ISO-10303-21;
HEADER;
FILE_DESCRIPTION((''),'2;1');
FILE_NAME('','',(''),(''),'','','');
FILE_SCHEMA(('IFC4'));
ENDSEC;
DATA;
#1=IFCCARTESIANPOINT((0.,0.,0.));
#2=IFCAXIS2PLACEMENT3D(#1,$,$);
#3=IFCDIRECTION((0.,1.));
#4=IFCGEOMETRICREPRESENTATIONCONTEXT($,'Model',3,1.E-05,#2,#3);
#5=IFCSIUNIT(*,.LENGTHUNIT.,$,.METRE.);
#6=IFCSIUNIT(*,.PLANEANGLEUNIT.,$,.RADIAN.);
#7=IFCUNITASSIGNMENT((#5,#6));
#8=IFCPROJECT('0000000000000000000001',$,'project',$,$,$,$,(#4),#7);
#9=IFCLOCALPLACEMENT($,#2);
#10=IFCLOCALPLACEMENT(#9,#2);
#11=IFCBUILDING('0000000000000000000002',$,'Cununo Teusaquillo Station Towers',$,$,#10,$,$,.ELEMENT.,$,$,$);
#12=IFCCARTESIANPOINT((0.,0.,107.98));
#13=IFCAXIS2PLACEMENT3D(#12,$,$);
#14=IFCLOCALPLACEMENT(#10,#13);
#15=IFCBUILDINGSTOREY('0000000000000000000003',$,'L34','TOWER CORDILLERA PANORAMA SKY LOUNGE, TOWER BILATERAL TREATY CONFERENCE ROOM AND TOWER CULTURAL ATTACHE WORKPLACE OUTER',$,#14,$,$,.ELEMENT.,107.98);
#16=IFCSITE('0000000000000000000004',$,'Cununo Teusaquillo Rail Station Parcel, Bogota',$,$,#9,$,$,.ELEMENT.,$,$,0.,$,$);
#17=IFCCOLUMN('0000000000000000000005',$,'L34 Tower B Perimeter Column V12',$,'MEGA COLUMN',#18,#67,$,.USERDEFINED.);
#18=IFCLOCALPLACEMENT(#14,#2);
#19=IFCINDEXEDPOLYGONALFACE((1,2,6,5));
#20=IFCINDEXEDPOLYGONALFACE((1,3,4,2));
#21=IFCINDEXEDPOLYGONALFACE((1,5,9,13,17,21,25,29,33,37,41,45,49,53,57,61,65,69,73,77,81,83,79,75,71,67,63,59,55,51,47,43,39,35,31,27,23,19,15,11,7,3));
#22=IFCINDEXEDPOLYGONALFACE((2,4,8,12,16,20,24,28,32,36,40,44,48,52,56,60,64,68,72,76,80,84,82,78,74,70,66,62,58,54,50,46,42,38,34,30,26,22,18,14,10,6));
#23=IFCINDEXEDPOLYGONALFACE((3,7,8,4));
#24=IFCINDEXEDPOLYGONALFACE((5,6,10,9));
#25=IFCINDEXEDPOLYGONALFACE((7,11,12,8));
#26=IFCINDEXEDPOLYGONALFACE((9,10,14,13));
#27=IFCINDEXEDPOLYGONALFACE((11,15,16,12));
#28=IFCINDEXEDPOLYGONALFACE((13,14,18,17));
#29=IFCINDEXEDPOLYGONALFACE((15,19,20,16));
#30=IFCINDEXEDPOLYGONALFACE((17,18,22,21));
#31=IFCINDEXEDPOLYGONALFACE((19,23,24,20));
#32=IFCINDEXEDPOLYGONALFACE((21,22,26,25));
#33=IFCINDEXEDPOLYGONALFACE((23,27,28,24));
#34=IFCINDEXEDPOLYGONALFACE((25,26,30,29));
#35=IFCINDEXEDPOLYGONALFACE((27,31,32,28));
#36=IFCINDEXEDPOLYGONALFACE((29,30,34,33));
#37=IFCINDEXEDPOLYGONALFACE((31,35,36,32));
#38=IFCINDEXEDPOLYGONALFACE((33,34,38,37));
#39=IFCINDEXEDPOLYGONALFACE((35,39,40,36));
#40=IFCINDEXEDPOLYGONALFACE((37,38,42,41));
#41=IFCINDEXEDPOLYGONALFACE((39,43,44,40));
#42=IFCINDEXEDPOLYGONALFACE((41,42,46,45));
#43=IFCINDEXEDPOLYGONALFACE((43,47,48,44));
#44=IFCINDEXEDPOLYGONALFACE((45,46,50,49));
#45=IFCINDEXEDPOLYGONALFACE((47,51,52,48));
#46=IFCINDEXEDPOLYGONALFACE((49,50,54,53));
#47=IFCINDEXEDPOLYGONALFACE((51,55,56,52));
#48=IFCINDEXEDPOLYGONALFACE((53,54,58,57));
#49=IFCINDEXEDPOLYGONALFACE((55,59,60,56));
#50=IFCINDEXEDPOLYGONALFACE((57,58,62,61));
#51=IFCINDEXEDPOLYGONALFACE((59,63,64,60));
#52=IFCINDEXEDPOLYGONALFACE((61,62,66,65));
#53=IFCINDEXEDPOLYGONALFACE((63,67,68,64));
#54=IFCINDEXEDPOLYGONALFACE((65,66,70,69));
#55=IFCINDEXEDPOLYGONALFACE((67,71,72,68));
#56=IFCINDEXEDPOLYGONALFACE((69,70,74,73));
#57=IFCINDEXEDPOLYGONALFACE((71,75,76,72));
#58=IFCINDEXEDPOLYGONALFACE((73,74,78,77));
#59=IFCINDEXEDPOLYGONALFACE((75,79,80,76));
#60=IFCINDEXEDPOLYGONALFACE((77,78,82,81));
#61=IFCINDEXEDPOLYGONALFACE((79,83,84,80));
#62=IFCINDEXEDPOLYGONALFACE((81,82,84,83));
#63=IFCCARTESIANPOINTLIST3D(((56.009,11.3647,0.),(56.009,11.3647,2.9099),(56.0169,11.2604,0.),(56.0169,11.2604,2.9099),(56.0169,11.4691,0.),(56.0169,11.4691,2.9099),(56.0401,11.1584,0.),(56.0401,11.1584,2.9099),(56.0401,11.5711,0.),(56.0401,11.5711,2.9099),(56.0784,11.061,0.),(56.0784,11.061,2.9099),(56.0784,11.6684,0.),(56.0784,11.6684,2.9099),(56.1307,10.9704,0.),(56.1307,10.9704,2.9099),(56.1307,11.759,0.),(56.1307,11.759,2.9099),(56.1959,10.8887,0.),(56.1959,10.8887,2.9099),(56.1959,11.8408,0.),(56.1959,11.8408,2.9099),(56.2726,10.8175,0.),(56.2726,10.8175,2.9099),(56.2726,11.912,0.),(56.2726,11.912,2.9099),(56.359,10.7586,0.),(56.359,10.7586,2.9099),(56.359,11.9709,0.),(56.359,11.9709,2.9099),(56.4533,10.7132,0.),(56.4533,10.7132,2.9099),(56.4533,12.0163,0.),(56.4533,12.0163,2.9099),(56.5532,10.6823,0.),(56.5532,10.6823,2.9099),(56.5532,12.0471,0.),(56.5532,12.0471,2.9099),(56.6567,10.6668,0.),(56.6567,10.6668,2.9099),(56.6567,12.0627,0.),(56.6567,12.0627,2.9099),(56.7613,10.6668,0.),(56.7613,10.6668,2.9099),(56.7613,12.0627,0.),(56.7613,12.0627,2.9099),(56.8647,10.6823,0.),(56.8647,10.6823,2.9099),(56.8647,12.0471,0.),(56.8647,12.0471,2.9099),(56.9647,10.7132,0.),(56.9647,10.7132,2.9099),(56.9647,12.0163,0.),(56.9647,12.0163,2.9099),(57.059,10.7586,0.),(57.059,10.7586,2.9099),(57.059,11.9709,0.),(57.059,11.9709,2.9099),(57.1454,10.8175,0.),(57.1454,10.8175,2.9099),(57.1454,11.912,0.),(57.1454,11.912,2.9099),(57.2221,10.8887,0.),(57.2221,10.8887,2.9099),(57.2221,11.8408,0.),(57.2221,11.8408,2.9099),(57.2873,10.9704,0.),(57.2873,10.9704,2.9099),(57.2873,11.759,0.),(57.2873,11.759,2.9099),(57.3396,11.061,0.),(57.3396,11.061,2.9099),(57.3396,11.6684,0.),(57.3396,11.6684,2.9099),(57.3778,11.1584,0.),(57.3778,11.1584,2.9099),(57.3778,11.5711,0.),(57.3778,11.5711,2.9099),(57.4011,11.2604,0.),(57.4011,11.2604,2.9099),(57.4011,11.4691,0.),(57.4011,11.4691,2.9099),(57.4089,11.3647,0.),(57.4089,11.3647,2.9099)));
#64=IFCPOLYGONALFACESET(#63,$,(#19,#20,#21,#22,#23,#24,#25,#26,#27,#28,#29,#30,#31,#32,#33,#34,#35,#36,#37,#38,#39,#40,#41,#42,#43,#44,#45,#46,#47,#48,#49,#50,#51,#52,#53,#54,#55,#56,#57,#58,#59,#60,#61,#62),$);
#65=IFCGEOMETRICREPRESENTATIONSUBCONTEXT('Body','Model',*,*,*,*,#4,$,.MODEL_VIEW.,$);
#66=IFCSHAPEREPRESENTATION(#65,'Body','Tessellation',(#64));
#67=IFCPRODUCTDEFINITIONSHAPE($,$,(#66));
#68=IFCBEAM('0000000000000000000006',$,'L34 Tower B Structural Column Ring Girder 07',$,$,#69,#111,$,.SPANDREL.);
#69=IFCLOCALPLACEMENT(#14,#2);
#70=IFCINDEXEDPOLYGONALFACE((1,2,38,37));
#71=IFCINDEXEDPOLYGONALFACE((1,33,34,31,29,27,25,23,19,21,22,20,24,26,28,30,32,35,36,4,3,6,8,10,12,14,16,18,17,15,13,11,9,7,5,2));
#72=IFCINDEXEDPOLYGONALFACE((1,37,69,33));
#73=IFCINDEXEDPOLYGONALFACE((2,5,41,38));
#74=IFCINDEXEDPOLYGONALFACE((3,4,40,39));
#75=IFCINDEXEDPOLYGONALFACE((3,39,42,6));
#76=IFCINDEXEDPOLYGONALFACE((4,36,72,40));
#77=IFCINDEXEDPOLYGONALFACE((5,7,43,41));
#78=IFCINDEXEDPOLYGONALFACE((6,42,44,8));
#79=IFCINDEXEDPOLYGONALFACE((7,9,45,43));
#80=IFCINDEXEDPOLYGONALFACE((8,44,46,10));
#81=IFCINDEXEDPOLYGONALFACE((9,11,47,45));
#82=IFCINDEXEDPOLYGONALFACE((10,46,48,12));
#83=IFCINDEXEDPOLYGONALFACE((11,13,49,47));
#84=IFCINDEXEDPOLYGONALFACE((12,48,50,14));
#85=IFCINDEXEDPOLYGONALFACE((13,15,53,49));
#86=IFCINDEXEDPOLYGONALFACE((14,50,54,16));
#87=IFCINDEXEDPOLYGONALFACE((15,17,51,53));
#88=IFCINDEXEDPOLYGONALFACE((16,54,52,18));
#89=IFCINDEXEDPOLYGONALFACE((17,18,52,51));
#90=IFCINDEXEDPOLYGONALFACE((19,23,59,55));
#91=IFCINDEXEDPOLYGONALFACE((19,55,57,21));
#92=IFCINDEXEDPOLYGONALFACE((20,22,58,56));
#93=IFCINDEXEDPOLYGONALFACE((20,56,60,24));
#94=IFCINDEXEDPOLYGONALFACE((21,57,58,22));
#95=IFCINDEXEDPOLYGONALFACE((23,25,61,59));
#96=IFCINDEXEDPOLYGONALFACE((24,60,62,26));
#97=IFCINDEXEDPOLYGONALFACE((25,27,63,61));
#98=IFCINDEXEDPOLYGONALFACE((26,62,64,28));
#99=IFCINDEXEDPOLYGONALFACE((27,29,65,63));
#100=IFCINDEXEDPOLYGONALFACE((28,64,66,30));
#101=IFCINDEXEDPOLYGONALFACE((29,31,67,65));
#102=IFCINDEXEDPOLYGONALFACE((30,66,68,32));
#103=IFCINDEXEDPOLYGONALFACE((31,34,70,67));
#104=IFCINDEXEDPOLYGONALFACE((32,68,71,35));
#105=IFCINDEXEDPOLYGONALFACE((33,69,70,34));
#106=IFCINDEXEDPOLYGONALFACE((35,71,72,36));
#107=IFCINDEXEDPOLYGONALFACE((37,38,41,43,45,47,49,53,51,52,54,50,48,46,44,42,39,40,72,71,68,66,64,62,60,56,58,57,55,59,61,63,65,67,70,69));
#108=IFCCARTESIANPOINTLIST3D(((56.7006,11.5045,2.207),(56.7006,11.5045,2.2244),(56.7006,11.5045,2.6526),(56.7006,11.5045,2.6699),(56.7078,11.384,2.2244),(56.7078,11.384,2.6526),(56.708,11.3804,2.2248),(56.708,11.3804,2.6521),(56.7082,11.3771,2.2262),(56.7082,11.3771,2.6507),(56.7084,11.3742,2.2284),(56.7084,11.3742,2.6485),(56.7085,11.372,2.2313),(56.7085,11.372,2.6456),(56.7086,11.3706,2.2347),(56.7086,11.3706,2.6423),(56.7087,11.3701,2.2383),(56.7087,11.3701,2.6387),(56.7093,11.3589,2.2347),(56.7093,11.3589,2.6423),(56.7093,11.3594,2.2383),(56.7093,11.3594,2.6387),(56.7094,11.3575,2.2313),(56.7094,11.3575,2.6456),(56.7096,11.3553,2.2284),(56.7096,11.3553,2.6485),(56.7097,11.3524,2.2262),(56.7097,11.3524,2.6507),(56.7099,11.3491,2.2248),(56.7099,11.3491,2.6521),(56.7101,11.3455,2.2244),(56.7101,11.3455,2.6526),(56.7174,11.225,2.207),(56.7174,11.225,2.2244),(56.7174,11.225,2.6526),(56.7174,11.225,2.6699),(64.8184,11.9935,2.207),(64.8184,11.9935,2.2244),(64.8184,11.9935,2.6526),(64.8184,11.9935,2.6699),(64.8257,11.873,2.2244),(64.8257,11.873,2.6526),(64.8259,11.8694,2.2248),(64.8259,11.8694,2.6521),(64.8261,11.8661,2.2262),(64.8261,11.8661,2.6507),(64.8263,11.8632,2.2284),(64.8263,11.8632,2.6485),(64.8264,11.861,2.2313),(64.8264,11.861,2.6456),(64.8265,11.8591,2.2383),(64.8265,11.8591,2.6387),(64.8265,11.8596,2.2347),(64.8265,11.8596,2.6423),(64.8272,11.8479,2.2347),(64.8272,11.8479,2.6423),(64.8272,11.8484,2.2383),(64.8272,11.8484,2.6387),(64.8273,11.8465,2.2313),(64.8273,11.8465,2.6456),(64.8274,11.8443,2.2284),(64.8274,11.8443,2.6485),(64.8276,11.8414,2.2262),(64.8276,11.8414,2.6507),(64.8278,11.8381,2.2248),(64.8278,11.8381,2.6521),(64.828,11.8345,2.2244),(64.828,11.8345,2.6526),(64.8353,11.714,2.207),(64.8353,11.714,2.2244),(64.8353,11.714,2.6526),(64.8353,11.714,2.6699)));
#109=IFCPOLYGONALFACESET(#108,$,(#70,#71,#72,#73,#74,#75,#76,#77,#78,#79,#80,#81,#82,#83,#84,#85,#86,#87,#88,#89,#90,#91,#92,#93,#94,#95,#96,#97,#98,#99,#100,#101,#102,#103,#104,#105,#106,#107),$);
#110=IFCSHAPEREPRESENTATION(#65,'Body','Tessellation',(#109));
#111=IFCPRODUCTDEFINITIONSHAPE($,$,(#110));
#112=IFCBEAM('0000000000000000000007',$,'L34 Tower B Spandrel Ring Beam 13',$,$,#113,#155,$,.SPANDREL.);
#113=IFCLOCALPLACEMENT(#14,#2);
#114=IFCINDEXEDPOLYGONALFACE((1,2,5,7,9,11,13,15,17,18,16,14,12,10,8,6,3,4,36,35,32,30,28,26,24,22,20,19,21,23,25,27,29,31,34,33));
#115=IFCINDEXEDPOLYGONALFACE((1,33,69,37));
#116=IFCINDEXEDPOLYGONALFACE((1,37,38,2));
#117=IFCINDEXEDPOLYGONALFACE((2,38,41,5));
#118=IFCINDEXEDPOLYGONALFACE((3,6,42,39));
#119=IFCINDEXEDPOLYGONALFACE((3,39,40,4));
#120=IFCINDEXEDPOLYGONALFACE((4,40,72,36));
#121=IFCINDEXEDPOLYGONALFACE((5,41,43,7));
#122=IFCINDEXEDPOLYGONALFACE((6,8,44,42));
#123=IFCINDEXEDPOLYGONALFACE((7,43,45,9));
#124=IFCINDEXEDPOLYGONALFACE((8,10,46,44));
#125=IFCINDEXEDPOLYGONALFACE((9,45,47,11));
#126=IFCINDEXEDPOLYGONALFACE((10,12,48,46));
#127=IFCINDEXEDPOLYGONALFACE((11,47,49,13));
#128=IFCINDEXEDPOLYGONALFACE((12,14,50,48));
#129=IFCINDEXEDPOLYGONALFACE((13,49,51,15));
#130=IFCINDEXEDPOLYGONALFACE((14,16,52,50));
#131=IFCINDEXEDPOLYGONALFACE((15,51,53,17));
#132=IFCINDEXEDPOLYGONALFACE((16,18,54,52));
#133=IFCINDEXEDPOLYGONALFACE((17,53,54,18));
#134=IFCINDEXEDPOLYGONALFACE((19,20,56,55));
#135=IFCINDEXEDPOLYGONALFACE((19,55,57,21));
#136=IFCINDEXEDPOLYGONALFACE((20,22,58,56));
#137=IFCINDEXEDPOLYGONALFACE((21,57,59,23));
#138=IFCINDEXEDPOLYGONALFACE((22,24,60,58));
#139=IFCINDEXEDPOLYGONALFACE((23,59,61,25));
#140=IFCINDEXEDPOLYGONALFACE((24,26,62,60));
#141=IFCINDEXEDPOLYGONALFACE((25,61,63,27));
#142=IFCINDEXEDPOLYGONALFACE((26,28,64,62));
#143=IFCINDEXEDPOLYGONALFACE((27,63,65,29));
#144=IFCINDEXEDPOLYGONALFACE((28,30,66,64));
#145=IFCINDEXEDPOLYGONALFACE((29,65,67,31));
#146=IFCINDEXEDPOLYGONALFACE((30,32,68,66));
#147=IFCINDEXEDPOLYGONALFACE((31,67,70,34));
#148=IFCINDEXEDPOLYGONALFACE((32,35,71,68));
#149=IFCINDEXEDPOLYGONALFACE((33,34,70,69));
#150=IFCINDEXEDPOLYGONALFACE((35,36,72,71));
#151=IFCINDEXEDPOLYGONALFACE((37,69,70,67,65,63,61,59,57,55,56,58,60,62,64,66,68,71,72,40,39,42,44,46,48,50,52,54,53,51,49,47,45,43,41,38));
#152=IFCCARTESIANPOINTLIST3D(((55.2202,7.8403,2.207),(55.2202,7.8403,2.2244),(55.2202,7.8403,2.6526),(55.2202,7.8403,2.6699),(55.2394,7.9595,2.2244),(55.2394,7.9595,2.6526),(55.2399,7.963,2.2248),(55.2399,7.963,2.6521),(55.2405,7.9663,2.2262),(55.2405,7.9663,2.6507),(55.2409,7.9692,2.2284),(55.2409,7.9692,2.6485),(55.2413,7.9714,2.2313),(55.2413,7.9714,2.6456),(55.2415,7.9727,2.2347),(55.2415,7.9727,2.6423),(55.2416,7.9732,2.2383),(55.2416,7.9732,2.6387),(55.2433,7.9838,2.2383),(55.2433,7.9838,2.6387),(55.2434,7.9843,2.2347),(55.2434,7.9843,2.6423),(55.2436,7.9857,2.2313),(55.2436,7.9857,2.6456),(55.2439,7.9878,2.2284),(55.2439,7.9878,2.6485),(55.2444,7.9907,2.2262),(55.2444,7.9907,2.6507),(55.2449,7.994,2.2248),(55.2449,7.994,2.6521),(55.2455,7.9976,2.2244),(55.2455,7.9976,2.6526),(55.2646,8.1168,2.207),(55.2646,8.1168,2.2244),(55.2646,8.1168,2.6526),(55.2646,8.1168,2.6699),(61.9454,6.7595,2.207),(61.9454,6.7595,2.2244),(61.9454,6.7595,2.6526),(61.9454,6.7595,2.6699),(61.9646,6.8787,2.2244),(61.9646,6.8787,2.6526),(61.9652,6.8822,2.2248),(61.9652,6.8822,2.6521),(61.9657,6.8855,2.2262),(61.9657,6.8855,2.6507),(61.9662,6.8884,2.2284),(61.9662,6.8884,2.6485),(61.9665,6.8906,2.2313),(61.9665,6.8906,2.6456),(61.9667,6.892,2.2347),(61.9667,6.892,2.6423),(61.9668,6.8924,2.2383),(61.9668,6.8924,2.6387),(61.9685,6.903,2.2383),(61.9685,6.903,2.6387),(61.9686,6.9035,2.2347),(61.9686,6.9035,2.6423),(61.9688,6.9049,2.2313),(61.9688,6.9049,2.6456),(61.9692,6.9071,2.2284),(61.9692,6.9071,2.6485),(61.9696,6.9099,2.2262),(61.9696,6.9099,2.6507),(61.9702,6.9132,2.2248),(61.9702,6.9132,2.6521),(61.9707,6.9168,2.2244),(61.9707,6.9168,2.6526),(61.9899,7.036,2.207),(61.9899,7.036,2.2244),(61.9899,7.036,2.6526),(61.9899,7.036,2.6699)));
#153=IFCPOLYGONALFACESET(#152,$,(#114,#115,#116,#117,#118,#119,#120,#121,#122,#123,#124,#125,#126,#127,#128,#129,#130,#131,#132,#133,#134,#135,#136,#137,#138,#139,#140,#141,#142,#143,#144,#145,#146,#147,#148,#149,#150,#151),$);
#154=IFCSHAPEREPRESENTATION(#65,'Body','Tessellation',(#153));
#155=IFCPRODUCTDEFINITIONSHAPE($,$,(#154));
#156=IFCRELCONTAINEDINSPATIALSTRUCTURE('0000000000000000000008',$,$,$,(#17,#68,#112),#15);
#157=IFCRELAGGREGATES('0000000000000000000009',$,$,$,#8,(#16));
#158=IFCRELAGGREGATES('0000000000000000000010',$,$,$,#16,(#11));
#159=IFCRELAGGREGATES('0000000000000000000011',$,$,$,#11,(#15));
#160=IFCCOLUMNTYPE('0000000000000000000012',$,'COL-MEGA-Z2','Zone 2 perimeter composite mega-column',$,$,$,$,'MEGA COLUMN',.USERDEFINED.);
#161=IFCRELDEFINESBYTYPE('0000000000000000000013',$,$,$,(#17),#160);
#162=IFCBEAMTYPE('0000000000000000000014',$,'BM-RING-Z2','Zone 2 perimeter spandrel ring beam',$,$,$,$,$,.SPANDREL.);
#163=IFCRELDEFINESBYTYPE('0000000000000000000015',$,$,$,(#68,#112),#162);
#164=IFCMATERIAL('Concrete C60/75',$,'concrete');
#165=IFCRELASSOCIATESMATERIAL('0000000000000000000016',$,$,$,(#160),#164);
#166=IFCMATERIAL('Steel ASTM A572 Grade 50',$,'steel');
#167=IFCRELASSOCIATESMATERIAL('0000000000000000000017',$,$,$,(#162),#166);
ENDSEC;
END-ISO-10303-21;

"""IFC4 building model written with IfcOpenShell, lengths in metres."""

from ifc_helpers import new_model, si_unit, direction, frame, origin, origin_2d, place, context, subcontext, project, spatial, circle, i_section, extrude, material, material_profile, profile_set, type_object, element, save


model = new_model("IFC4")

# Units and contexts
model_context = context("Model", 3, precision=1e-05, world=origin(), true_north=direction((0.0, 1.0)))
body_context = subcontext(model_context, "Body", "Model", "MODEL_VIEW")
ifc_project = project(units=[si_unit("LENGTHUNIT", "METRE"), si_unit("PLANEANGLEUNIT", "RADIAN")], contexts=[model_context])

# Site, building, storey
site_placement = place(None, origin())
site = spatial("IfcSite", under=ifc_project, at=site_placement, Name="Cununo Teusaquillo Rail Station Parcel, Bogota", CompositionType="ELEMENT", RefElevation=0.0)
building_placement = place(site_placement, origin())
building = spatial("IfcBuilding", under=site, at=building_placement, Name="Cununo Teusaquillo Station Towers", CompositionType="ELEMENT")
storey_placement = place(building_placement, frame((0.0, 0.0, 107.98)))
storey = spatial("IfcBuildingStorey", under=building, at=storey_placement, Name="L34", Description="TOWER CORDILLERA PANORAMA SKY LOUNGE, TOWER BILATERAL TREATY CONFERENCE ROOM AND TOWER CULTURAL ATTACHE WORKPLACE OUTER", CompositionType="ELEMENT", Elevation=107.98)

# Column
ifc_material_1 = material(Name="Concrete C60/75", Category="concrete")
ifc_material_profile_1 = material_profile(ifc_material_1, circle(Radius=0.7, at=origin_2d()), Name="RC-CIRC-1400")
ifc_profile_set_1 = profile_set([ifc_material_profile_1], Name="Concrete C60/75")
column_type = type_object("IfcColumnType", Name="COL-MEGA-Z2", Description="Zone 2 perimeter composite mega-column", ElementType="MEGA COLUMN", PredefinedType="USERDEFINED", material=ifc_profile_set_1)
column_placement = place(storey_placement, frame((56.709, 11.3647, 0.0), z_axis=(0.0, 0.0, 1.0), x_axis=(1.0, 0.0, 0.0)))
element("IfcColumn", 1, at=column_placement, inside=storey, type_object=column_type, Name="L34 Tower B Perimeter Column V12", ObjectType="MEGA COLUMN", PredefinedType="USERDEFINED", context=body_context, shape_type="SweptSolid", body=[
    extrude(circle(Radius=0.7, at=origin_2d()), origin(), (0.0, 0.0, 1.0), 2.9099),
])

# Beams
ifc_material_2 = material(Name="Steel ASTM A572 Grade 50", Category="steel")
ifc_material_profile_2 = material_profile(ifc_material_2, i_section(OverallWidth=0.28, OverallDepth=0.4629, WebThickness=0.0107, FlangeThickness=0.0173, FilletRadius=0.0139, at=origin_2d()), Name="W18X76")
ifc_profile_set_2 = profile_set([ifc_material_profile_2], Name="Steel ASTM A572 Grade 50")
beam_type = type_object("IfcBeamType", Name="BM-RING-Z2", Description="Zone 2 perimeter spandrel ring beam", PredefinedType="SPANDREL", material=ifc_profile_set_2)
beam_1_placement = place(storey_placement, frame((56.709, 11.3647, 2.4385), z_axis=(0.998191, 0.06013, 0.0), x_axis=(-0.06013, 0.998191, 0.0)))
element("IfcBeam", 2, at=beam_1_placement, inside=storey, type_object=beam_type, Name="L34 Tower B Structural Column Ring Girder 07", PredefinedType="SPANDREL", context=body_context, shape_type="SweptSolid", body=[
    extrude(i_section(OverallWidth=0.28, OverallDepth=0.4629, WebThickness=0.0107, FlangeThickness=0.0173, FilletRadius=0.0139, at=origin_2d()), origin(), (0.0, 0.0, 1.0), 8.1326),
])
beam_2_placement = place(storey_placement, frame((55.2424, 7.9785, 2.4385), z_axis=(0.987331, -0.158671, 0.0), x_axis=(0.158671, 0.987331, 0.0)))
element("IfcBeam", 3, at=beam_2_placement, inside=storey, type_object=beam_type, Name="L34 Tower B Spandrel Ring Beam 13", PredefinedType="SPANDREL", context=body_context, shape_type="SweptSolid", body=[
    extrude(i_section(OverallWidth=0.28, OverallDepth=0.4629, WebThickness=0.0107, FlangeThickness=0.0173, FilletRadius=0.0139, at=origin_2d()), origin(), (0.0, 0.0, 1.0), 6.8115),
])

save(model, "model.ifc")
